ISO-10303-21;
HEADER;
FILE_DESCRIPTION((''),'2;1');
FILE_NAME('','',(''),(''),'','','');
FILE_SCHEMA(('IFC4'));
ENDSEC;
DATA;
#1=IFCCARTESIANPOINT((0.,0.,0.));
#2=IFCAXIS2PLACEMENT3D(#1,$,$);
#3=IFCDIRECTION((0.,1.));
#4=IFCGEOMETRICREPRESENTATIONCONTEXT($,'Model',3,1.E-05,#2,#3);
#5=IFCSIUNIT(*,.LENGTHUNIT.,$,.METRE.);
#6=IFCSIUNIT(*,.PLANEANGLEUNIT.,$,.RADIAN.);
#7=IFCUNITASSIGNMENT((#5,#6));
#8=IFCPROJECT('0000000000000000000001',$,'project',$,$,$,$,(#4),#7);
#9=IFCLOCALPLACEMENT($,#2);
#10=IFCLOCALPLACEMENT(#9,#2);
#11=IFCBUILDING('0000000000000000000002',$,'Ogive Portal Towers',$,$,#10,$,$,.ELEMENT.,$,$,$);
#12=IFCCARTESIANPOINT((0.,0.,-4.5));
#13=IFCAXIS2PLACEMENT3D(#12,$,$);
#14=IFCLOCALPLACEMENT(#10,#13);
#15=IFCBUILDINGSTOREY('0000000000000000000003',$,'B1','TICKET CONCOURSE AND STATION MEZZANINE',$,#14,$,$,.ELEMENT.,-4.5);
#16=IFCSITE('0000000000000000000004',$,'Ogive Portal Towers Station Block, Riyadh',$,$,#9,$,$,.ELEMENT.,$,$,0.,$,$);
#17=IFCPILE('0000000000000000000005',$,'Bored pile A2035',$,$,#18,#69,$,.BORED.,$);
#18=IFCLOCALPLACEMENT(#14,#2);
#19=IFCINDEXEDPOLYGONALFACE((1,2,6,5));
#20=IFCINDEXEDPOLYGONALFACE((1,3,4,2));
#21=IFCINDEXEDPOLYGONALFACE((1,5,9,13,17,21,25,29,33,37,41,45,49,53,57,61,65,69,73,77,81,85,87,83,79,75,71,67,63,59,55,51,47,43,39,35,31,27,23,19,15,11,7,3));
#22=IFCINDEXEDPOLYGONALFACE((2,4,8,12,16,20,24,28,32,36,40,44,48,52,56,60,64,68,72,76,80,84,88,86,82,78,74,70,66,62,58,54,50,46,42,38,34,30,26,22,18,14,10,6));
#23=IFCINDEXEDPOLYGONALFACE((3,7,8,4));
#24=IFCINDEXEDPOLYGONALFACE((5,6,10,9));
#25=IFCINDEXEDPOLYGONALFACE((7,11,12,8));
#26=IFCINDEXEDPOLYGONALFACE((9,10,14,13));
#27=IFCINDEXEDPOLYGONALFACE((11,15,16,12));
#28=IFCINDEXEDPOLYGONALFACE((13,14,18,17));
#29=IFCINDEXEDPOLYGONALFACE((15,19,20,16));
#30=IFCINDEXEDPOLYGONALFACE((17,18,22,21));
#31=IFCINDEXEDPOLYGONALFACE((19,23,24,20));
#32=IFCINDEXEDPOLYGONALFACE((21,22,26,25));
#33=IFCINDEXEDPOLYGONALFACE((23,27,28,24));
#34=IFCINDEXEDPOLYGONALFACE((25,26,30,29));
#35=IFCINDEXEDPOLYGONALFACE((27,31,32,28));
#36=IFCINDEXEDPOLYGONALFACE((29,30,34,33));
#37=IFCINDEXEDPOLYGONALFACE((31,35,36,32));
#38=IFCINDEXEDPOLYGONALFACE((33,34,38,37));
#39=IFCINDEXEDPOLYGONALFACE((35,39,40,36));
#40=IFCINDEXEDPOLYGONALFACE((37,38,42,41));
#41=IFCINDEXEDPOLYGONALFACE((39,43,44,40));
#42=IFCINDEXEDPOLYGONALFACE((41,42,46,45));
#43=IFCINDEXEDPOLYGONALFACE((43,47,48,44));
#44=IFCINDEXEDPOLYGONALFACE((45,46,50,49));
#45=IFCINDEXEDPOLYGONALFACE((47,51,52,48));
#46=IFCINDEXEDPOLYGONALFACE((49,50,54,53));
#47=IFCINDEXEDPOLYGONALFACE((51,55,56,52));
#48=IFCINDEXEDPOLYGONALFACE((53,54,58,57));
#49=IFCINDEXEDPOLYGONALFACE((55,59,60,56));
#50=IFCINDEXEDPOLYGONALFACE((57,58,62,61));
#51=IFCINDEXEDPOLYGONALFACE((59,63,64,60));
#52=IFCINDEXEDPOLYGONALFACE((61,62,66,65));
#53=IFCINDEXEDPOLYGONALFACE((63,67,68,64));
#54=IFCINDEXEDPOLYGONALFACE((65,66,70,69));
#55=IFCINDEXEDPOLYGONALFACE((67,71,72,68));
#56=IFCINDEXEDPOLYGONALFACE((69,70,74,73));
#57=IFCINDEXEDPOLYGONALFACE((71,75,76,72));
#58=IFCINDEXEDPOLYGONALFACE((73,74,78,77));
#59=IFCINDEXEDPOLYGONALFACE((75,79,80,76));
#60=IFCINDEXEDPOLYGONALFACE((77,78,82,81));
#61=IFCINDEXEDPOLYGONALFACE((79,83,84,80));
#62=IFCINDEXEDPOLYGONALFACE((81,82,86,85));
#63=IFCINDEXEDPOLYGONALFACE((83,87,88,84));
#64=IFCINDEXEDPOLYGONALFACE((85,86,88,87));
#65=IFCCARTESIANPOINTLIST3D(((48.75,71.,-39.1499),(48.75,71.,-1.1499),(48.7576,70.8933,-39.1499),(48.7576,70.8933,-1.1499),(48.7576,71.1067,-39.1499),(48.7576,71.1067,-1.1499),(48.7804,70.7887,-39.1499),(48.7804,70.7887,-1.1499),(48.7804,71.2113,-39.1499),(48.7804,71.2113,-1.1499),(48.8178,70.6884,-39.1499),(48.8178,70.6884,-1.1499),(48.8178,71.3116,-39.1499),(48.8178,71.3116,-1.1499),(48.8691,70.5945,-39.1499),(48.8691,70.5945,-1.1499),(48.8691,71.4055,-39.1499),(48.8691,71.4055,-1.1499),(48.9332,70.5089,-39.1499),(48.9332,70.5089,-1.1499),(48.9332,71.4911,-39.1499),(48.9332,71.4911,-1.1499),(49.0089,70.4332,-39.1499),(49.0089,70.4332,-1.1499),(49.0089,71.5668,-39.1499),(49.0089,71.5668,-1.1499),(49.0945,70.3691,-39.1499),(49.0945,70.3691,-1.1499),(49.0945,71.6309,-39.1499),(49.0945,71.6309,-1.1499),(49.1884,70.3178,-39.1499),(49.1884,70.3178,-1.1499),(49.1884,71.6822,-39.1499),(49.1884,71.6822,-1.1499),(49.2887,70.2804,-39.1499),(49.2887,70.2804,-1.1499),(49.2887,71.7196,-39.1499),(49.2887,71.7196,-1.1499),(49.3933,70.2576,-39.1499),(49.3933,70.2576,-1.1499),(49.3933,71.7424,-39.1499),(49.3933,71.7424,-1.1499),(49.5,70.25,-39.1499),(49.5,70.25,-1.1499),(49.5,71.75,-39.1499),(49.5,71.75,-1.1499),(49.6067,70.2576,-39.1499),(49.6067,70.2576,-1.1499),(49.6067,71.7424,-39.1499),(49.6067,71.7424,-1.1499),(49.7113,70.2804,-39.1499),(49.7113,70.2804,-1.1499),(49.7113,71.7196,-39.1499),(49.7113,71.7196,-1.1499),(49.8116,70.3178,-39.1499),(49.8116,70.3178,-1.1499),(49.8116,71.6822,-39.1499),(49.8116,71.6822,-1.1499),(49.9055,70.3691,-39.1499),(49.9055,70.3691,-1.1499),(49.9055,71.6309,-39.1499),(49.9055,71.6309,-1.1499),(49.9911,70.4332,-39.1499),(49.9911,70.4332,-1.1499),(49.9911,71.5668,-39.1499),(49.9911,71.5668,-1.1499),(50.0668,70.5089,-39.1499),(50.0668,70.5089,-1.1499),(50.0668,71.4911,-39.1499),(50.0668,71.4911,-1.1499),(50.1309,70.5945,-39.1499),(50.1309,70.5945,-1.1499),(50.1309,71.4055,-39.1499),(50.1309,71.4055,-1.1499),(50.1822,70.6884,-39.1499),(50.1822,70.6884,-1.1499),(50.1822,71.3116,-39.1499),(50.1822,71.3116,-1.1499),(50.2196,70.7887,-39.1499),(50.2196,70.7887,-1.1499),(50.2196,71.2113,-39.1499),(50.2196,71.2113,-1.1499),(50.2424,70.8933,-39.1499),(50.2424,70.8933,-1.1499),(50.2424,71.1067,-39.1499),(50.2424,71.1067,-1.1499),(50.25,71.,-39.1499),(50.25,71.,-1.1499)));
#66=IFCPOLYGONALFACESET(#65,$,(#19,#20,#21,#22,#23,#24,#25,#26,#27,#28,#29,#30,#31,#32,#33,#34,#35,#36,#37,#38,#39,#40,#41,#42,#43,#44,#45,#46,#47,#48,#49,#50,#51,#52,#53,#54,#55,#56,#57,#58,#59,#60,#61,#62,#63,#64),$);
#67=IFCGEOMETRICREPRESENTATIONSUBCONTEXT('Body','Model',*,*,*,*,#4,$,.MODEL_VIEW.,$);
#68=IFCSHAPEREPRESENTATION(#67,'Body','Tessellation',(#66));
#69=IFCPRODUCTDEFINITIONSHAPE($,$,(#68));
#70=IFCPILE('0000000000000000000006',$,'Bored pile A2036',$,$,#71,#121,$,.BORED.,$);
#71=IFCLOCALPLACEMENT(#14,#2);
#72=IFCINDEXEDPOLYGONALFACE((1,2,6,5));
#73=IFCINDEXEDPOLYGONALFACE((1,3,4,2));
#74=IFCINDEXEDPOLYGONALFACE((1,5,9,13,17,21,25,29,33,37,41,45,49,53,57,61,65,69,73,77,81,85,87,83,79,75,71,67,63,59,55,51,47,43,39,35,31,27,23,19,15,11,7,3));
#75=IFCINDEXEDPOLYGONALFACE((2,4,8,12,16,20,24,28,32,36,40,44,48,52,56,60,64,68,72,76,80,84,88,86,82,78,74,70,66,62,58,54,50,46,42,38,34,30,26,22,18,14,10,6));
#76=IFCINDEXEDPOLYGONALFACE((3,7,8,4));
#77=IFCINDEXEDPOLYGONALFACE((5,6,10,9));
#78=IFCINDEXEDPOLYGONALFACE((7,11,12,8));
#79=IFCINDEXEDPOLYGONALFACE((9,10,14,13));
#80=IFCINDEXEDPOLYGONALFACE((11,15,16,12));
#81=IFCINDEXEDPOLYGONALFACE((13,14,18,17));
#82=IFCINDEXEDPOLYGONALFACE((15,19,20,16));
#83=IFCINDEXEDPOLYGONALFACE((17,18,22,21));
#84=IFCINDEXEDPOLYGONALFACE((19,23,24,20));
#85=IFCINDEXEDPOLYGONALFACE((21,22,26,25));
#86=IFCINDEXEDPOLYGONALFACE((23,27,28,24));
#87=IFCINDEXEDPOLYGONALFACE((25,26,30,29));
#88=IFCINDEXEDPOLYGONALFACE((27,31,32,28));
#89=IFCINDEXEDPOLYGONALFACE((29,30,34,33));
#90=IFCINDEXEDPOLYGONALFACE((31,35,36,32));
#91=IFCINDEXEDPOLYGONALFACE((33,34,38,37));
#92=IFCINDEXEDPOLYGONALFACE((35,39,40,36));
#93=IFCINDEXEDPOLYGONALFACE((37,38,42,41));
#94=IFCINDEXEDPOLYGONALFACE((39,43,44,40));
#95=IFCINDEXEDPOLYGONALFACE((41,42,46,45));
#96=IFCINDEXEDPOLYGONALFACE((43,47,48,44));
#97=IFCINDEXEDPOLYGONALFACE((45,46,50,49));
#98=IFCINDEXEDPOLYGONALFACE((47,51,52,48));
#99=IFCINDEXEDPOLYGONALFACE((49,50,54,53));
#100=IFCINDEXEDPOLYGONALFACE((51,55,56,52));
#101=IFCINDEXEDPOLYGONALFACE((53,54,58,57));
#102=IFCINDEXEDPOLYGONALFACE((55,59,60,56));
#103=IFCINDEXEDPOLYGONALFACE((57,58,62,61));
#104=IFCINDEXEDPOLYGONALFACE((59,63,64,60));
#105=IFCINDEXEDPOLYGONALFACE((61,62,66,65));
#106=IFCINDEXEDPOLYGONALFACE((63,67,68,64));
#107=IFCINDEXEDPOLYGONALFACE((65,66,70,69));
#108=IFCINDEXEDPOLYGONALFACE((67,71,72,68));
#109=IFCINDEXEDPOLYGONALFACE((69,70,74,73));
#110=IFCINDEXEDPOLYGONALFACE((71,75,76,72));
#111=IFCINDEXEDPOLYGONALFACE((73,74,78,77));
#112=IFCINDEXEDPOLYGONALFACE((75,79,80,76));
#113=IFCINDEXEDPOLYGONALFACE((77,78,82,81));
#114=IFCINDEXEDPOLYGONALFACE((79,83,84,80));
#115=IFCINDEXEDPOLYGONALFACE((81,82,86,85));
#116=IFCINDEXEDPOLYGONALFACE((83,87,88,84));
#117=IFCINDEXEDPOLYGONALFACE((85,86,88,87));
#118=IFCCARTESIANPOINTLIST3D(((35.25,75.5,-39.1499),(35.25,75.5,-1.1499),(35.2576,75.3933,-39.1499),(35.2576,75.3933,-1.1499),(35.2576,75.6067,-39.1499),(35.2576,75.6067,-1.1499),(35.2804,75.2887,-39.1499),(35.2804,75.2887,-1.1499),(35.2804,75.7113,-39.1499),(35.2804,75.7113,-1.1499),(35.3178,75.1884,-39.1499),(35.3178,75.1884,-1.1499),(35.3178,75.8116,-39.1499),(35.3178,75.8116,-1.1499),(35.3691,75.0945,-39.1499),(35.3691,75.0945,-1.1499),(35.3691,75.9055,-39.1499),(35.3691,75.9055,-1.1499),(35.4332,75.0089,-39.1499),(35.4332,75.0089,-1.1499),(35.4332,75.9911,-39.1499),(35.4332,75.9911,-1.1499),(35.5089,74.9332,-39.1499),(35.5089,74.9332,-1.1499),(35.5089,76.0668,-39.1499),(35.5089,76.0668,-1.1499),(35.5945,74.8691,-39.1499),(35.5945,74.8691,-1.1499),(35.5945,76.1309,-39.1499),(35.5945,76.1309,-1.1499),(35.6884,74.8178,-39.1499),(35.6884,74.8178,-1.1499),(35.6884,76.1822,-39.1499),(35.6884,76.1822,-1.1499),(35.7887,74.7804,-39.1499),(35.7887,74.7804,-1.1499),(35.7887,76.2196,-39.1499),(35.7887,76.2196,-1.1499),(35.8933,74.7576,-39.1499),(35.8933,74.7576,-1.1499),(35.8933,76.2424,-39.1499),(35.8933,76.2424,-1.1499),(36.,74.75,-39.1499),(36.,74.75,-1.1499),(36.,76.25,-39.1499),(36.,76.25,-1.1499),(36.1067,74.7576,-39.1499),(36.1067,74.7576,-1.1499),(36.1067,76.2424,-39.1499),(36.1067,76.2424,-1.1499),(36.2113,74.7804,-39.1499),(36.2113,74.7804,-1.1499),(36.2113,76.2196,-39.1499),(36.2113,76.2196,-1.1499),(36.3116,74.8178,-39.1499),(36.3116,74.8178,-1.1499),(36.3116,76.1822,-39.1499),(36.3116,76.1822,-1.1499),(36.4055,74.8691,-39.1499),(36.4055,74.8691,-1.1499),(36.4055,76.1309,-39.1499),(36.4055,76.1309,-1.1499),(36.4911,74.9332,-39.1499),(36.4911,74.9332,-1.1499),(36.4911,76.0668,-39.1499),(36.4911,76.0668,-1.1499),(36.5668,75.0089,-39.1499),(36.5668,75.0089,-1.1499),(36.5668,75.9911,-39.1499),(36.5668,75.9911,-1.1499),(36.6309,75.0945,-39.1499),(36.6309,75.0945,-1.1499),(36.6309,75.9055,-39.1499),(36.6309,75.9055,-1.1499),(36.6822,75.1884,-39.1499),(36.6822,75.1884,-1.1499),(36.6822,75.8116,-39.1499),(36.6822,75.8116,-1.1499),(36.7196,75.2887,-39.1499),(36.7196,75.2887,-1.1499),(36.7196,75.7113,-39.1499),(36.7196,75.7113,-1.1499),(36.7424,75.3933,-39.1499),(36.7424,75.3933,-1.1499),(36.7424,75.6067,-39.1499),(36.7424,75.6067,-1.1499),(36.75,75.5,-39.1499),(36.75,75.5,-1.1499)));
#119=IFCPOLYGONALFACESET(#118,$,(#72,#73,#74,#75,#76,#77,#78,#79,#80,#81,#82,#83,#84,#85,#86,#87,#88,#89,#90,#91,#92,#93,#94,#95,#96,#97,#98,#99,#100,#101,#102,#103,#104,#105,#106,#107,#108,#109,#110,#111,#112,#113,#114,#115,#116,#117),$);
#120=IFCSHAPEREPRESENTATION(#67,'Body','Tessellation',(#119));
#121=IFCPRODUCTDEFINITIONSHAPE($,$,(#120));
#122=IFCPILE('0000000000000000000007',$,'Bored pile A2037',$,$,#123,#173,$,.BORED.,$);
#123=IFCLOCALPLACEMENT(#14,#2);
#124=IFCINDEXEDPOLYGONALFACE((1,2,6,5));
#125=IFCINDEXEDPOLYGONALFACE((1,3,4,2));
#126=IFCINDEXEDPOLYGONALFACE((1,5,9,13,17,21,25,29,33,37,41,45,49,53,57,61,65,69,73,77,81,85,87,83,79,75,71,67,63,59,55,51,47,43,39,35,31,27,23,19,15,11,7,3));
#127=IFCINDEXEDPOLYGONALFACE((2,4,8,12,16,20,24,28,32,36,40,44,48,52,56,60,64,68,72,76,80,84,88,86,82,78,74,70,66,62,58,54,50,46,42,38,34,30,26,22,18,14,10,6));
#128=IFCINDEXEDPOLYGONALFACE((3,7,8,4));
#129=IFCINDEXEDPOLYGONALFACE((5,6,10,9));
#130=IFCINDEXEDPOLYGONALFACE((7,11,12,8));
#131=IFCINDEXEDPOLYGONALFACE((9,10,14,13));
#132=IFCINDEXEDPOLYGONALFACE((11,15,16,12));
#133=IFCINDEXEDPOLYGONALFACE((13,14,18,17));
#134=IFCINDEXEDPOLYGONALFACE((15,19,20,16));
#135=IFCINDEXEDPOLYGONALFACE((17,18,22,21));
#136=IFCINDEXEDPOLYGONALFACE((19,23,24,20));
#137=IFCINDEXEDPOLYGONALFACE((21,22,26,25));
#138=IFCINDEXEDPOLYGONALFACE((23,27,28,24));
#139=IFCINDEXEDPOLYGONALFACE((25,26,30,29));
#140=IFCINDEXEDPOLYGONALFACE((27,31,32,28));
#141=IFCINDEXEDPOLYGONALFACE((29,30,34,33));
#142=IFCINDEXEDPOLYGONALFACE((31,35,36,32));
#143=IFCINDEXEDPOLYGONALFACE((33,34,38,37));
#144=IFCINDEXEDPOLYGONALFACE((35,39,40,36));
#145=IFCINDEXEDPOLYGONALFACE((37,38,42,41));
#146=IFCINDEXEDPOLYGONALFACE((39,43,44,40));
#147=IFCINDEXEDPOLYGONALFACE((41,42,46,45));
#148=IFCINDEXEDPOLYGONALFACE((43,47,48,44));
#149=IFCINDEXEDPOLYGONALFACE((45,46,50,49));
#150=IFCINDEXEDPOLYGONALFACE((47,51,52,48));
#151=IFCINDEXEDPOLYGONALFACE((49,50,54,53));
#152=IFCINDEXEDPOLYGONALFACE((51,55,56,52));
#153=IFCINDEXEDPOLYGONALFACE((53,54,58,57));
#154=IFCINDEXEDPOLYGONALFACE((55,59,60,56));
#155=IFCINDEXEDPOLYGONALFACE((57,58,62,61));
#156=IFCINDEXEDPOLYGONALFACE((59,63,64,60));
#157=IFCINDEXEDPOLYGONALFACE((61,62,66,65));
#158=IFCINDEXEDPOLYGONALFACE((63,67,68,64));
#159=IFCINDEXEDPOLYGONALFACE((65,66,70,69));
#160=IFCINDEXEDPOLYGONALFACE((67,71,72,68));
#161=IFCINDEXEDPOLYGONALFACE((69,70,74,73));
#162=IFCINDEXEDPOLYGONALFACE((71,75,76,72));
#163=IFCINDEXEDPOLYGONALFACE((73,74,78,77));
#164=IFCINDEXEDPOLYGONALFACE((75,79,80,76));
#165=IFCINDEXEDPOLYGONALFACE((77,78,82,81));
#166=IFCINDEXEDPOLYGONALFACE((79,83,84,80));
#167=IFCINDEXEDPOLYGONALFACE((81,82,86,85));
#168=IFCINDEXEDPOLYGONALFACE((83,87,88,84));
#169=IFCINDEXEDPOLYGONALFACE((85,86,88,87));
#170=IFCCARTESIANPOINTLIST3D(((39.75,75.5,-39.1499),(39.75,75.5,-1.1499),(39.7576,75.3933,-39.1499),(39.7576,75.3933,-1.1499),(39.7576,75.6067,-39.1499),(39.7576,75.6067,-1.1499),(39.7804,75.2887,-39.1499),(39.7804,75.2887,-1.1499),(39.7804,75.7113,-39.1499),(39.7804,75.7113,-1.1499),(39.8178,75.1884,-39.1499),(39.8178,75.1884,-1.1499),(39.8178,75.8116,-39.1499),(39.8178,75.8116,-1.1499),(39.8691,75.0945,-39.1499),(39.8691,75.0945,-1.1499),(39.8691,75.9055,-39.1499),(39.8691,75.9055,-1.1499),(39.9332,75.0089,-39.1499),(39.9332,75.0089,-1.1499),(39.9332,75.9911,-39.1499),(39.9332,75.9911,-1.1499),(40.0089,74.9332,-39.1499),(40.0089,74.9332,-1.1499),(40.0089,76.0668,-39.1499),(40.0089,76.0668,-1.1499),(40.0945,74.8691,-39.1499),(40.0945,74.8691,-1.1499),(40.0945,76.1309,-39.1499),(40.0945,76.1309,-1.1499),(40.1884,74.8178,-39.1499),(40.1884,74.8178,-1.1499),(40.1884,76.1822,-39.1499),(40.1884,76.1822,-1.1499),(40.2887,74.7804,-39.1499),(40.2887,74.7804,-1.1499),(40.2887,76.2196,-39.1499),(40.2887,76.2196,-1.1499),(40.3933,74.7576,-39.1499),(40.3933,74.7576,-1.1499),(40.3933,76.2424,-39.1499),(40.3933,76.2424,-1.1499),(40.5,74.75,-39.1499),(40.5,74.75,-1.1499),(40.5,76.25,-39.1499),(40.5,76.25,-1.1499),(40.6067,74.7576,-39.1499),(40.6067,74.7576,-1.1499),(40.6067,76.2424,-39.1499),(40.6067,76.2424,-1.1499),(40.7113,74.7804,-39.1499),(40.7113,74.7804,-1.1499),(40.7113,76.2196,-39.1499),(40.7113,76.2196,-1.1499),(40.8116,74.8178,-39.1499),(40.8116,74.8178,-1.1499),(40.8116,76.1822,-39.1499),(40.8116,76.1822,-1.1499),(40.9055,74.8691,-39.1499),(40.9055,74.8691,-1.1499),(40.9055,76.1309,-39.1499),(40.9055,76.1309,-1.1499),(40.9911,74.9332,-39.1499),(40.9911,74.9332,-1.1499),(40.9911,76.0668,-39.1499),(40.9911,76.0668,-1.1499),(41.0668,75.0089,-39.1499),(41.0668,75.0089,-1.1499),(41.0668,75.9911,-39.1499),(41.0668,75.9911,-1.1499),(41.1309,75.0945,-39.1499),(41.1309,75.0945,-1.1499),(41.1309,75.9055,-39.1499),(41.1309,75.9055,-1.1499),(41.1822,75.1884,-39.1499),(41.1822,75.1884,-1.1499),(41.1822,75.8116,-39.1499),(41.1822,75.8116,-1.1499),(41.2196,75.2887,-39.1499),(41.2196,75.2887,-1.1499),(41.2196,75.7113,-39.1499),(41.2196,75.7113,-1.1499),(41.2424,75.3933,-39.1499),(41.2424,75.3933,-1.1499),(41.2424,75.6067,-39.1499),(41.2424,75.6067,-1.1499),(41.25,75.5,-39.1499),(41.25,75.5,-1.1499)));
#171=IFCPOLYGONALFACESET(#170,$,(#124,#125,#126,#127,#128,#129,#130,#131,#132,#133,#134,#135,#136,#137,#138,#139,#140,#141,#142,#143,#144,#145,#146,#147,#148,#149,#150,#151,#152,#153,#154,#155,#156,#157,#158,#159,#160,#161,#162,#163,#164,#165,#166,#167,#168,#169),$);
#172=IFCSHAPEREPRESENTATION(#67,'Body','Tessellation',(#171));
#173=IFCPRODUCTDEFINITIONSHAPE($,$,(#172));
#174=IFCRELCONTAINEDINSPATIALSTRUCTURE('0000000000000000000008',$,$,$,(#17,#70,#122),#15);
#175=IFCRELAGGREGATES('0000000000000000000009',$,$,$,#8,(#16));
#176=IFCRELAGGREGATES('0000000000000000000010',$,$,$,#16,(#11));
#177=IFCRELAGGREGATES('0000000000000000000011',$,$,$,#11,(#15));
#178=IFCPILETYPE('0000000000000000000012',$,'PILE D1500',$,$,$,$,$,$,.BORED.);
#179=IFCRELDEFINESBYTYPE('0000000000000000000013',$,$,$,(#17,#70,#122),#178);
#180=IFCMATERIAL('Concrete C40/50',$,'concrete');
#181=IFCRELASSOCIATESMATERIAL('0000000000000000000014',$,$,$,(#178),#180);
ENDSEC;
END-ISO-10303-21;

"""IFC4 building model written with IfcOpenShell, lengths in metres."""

from ifc_helpers import new_model, si_unit, direction, frame, origin, origin_2d, place, context, subcontext, project, spatial, circle, extrude, material, material_profile, profile_set, type_object, element, save


model = new_model("IFC4")

# Units and contexts
model_context = context("Model", 3, precision=1e-05, world=origin(), true_north=direction((0.0, 1.0)))
body_context = subcontext(model_context, "Body", "Model", "MODEL_VIEW")
ifc_project = project(units=[si_unit("LENGTHUNIT", "METRE"), si_unit("PLANEANGLEUNIT", "RADIAN")], contexts=[model_context])

# Site, building, storey
site_placement = place(None, origin())
site = spatial("IfcSite", under=ifc_project, at=site_placement, Name="Ogive Portal Towers Station Block, Riyadh", CompositionType="ELEMENT", RefElevation=0.0)
building_placement = place(site_placement, origin())
building = spatial("IfcBuilding", under=site, at=building_placement, Name="Ogive Portal Towers", CompositionType="ELEMENT")
storey_placement = place(building_placement, frame((0.0, 0.0, -4.5)))
storey = spatial("IfcBuildingStorey", under=building, at=storey_placement, Name="B1", Description="TICKET CONCOURSE AND STATION MEZZANINE", CompositionType="ELEMENT", Elevation=-4.5)

# Piles
ifc_material_1 = material(Name="Concrete C40/50", Category="concrete")
ifc_material_profile_1 = material_profile(ifc_material_1, circle(Radius=0.75, at=origin_2d()), Name="PILE D1500")
ifc_profile_set_1 = profile_set([ifc_material_profile_1], Name="Concrete C40/50")
pile_type = type_object("IfcPileType", Name="PILE D1500", PredefinedType="BORED", material=ifc_profile_set_1)
for number, where, z_axis, x_axis, name in (
    (1, (49.5, 71.0, -1.1499), (0.0, 0.0, -1.0), (1.0, 0.0, 0.0), "Bored pile A2035"),
    (2, (36.0, 75.5, -1.1499), (0.0, 0.0, -1.0), (1.0, 0.0, 0.0), "Bored pile A2036"),
    (3, (40.5, 75.5, -1.1499), (0.0, 0.0, -1.0), (1.0, 0.0, 0.0), "Bored pile A2037"),
):
    element("IfcPile", number, at=place(storey_placement, frame(where, z_axis=z_axis, x_axis=x_axis)), inside=storey, type_object=pile_type, Name=name, PredefinedType="BORED", context=body_context, shape_type="SweptSolid", body=[
        extrude(circle(Radius=0.75, at=origin_2d()), origin(), (0.0, 0.0, 1.0), 38.0),
    ])

save(model, "model.ifc")
